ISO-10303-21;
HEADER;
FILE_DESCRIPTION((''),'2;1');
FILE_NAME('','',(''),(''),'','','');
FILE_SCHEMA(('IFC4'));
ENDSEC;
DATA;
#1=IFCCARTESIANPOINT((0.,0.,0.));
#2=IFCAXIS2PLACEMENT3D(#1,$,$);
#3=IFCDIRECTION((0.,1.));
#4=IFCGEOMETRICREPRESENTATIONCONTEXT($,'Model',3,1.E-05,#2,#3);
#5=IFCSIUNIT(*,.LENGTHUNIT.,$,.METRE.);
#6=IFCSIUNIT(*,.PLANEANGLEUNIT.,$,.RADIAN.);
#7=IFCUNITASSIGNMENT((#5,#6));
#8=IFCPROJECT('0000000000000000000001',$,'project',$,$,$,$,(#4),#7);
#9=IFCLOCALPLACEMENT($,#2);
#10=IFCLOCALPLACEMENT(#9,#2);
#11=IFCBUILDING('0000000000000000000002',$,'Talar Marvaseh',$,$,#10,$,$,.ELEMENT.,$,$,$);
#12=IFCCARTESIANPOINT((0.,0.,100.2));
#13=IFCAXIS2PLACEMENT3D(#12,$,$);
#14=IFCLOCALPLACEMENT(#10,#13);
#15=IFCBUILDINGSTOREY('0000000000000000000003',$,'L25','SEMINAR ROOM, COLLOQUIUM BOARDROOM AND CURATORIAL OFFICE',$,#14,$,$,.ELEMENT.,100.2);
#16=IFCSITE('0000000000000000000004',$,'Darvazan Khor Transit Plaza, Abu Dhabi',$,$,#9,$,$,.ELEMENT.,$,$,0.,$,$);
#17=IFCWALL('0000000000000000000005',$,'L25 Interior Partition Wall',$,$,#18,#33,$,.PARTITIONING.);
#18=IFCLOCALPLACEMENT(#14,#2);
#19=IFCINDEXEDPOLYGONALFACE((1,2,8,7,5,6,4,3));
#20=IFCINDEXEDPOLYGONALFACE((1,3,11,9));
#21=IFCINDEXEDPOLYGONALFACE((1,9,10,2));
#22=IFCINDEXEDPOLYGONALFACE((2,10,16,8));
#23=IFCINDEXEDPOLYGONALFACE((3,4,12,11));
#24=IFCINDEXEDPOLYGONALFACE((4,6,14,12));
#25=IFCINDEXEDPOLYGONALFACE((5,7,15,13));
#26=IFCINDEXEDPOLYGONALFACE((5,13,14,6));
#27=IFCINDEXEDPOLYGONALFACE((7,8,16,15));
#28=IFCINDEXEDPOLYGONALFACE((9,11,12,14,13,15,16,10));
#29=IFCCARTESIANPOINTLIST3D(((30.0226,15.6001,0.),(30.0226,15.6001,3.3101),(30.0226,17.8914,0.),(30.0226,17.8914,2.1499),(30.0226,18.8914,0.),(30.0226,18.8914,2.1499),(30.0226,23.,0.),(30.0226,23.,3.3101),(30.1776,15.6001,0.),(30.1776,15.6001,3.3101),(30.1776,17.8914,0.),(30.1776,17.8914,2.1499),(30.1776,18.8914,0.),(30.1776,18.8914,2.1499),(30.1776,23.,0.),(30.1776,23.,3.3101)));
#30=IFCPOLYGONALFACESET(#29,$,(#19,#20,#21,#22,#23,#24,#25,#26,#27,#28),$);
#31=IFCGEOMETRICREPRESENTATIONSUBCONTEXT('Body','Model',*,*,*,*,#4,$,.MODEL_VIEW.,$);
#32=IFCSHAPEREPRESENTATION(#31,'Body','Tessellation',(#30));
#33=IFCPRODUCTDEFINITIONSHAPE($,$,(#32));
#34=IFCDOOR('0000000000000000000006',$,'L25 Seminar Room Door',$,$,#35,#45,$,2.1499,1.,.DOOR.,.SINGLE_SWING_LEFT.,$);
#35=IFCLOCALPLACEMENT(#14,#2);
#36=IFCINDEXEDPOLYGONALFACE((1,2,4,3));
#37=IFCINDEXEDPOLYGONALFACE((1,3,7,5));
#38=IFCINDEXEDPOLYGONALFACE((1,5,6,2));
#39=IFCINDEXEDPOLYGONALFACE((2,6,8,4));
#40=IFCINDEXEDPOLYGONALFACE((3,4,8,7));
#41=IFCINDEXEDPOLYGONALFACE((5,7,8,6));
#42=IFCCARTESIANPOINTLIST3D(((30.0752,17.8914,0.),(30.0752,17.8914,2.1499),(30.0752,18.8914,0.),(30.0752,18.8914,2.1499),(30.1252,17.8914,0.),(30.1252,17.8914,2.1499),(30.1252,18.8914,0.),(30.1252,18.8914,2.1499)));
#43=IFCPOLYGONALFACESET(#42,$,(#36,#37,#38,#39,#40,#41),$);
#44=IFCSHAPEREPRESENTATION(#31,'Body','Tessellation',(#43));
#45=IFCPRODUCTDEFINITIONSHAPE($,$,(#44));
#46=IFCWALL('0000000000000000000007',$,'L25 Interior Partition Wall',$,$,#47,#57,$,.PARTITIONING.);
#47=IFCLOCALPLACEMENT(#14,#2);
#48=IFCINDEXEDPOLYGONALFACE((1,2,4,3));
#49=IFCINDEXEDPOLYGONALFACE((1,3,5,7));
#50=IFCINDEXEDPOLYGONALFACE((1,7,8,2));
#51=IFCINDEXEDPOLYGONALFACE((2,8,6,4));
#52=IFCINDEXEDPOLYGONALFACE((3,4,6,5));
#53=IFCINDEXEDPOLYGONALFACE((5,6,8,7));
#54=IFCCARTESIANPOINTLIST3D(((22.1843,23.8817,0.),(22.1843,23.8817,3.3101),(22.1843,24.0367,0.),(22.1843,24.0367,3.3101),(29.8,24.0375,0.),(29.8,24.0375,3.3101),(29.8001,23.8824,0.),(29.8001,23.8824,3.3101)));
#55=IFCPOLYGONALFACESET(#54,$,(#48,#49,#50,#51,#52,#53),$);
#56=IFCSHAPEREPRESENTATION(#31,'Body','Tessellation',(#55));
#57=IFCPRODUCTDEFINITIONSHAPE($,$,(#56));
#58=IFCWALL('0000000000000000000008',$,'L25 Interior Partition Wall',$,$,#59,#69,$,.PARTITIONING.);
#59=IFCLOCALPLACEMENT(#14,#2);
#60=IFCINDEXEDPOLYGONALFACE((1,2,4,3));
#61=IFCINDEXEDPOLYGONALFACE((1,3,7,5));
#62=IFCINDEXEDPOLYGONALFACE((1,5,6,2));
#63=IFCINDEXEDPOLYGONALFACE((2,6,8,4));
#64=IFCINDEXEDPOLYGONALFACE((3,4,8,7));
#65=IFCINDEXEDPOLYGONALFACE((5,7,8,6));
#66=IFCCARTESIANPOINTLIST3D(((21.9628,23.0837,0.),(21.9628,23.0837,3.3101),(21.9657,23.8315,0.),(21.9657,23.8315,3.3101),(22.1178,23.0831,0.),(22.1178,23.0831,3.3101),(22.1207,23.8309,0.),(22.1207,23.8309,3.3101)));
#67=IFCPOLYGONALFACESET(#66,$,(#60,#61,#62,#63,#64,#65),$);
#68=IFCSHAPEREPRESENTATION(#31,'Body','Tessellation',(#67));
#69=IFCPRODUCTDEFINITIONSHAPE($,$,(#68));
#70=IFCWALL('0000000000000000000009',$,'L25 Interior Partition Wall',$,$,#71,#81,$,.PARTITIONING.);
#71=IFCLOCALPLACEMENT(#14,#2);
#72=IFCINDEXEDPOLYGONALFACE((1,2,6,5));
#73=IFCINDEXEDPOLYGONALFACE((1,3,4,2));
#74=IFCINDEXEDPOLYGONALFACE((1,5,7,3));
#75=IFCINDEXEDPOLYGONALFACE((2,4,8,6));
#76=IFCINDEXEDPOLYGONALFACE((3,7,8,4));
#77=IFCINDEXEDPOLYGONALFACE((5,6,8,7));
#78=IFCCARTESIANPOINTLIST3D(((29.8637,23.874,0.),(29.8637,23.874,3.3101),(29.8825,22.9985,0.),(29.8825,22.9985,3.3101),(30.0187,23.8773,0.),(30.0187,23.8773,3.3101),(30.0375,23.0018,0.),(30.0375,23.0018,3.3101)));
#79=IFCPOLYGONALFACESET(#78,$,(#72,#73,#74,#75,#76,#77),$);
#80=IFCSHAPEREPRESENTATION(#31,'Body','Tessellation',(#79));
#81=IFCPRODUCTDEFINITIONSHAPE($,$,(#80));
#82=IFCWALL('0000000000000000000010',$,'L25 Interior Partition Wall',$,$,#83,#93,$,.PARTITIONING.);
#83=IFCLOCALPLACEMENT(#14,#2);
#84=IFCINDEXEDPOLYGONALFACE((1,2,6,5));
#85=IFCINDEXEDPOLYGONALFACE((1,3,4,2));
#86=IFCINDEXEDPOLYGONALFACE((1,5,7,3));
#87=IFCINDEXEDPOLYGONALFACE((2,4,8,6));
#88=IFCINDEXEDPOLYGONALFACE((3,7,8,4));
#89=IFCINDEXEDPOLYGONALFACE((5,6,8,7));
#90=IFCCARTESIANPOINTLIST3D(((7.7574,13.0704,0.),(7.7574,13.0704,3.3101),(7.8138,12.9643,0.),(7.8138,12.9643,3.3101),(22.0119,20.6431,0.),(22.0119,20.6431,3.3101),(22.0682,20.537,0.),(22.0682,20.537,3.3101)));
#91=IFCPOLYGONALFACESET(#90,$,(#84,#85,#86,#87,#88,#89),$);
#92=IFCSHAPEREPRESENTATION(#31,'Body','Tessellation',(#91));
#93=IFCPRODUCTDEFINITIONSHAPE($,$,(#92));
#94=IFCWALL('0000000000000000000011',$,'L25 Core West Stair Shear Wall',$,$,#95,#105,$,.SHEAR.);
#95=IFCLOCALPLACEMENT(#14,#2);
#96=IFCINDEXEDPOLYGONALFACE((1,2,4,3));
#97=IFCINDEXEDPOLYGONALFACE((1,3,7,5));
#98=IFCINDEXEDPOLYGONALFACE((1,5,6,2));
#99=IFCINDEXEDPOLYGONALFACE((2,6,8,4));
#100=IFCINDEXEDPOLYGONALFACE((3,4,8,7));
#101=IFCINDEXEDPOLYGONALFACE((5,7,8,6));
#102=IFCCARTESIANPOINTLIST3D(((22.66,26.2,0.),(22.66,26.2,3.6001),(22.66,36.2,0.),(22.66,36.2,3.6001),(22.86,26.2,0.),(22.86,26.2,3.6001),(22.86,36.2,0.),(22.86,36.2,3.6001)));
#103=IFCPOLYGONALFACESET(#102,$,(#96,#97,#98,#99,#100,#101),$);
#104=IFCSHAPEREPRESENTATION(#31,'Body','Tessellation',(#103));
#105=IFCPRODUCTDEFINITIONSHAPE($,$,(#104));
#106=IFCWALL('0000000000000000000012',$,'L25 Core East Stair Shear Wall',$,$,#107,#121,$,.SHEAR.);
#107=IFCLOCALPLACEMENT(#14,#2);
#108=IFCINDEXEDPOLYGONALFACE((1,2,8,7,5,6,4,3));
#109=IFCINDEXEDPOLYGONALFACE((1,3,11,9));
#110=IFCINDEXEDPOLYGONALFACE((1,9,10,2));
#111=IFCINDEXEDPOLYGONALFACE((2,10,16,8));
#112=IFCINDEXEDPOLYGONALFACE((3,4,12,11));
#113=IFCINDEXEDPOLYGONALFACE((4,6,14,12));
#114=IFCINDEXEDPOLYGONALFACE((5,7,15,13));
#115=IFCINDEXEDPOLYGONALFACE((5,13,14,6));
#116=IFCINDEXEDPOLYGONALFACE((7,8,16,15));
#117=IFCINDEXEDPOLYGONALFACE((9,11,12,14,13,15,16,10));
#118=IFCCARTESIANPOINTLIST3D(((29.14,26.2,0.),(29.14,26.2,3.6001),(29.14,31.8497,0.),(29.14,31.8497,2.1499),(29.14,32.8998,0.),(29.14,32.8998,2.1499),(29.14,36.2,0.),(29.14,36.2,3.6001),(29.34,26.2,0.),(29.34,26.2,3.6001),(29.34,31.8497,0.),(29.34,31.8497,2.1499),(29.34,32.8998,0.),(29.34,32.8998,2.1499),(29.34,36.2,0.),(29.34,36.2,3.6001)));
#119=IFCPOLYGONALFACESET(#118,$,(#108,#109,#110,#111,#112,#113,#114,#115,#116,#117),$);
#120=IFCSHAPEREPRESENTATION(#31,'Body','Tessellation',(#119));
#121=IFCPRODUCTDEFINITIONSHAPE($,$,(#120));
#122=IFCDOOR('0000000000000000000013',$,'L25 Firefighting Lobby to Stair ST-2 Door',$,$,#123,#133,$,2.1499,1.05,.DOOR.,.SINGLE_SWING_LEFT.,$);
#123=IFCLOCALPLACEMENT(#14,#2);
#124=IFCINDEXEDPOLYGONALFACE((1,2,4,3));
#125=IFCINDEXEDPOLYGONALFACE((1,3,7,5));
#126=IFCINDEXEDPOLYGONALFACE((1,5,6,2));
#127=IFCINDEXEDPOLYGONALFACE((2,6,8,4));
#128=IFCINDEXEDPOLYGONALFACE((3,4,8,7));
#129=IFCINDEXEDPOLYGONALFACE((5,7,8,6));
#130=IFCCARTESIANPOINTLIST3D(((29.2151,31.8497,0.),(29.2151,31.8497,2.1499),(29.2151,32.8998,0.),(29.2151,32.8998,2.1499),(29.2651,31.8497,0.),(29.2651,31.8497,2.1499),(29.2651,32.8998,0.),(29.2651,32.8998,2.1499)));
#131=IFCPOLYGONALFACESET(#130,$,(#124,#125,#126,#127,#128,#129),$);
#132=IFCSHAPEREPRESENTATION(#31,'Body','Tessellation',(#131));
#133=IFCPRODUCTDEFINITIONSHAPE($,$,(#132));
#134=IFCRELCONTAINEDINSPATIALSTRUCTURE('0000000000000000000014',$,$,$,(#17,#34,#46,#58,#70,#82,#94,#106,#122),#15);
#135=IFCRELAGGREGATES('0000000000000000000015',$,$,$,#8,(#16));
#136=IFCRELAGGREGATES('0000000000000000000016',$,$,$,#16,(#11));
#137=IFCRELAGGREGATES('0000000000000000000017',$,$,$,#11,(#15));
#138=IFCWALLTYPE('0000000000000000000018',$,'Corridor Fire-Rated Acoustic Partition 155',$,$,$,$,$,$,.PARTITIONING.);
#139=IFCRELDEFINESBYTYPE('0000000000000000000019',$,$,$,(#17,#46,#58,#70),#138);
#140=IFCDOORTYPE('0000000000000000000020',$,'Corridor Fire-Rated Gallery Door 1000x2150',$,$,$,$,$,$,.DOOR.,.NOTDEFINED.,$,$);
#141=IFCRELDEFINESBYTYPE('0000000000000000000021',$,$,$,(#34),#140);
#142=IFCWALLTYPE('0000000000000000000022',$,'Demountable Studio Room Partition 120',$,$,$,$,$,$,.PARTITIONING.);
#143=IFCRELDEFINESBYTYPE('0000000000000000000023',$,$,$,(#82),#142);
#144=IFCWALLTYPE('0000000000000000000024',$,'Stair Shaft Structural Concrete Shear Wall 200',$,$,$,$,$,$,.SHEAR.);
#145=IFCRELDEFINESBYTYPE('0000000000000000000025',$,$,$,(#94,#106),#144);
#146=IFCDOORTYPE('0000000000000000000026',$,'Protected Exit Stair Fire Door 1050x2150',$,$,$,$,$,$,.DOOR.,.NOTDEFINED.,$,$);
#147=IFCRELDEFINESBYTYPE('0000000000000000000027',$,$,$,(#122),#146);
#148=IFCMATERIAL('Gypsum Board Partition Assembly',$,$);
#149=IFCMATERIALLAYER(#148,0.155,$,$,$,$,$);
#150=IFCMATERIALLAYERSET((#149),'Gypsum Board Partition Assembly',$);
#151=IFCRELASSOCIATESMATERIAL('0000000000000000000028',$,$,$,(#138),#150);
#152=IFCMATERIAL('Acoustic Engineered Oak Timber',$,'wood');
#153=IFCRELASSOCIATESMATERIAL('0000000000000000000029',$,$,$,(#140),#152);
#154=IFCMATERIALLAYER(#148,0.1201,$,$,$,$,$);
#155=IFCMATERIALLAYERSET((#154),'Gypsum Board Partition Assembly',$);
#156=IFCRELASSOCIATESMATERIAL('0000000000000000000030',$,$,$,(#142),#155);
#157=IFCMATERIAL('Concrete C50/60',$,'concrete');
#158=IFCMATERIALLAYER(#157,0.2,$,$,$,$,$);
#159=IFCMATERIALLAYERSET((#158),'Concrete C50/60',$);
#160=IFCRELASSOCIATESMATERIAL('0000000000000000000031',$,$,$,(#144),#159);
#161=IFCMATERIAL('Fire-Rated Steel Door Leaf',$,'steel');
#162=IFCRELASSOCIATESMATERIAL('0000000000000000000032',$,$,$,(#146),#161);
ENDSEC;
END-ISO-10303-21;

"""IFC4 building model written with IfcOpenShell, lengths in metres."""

from ifc_helpers import new_model, si_unit, direction, frame, frame_2d, origin, place, context, subcontext, project, spatial, rectangle, extrude, source, transform, mapped, material, layer, layer_set, type_object, type_shapes, element, fill, save


model = new_model("IFC4")

# Units and contexts
model_context = context("Model", 3, precision=1e-05, world=origin(), true_north=direction((0.0, 1.0)))
body_context = subcontext(model_context, "Body", "Model", "MODEL_VIEW")
ifc_project = project(units=[si_unit("LENGTHUNIT", "METRE"), si_unit("PLANEANGLEUNIT", "RADIAN")], contexts=[model_context])

# Site, building, storey
site_placement = place(None, origin())
site = spatial("IfcSite", under=ifc_project, at=site_placement, Name="Darvazan Khor Transit Plaza, Abu Dhabi", CompositionType="ELEMENT", RefElevation=0.0)
building_placement = place(site_placement, origin())
building = spatial("IfcBuilding", under=site, at=building_placement, Name="Talar Marvaseh", CompositionType="ELEMENT")
storey_placement = place(building_placement, frame((0.0, 0.0, 100.2)))
storey = spatial("IfcBuildingStorey", under=building, at=storey_placement, Name="L25", Description="SEMINAR ROOM, COLLOQUIUM BOARDROOM AND CURATORIAL OFFICE", CompositionType="ELEMENT", Elevation=100.2)

# Shared definitions
ifc_material_1 = material(Name="Gypsum Board Partition Assembly")
ifc_layer_1 = layer(ifc_material_1, 0.155)
ifc_layer_set_1 = layer_set([ifc_layer_1], Name="Gypsum Board Partition Assembly")
wall_type_1 = type_object("IfcWallType", Name="Corridor Fire-Rated Acoustic Partition 155", PredefinedType="PARTITIONING", material=ifc_layer_set_1)
ifc_material_2 = material(Name="Fire-Rated Steel Door Leaf", Category="steel")

# Wall, opening, door
wall_1_placement = place(storey_placement, frame((30.1001, 15.6001, 0.0), z_axis=(0.0, 0.0, 1.0), x_axis=(0.0, 1.0, 0.0)))
wall_1 = element("IfcWall", 1, at=wall_1_placement, inside=storey, type_object=wall_type_1, Name="L25 Interior Partition Wall", PredefinedType="PARTITIONING", context=body_context, shape_type="SweptSolid", body=[
    extrude(rectangle(XDim=7.3999, YDim=0.155, at=frame_2d((3.7, 0.0))), origin(), (0.0, 0.0, 1.0), 3.3101),
])
opening_1_placement = place(wall_1_placement, frame((2.2913, 0.0, 0.0)))
opening_1 = element("IfcOpeningElement", 2, at=opening_1_placement, cuts=wall_1, PredefinedType="OPENING", context=body_context, shape_type="SweptSolid", body=[
    extrude(rectangle(XDim=1.0, YDim=2.1499, at=frame_2d((0.5, 1.075))), frame((0.0, 0.0874, 0.0), z_axis=(0.0, -1.0, 0.0), x_axis=(1.0, 0.0, 0.0)), (0.0, 0.0, 1.0), 0.175),
])
ifc_material_3 = material(Name="Acoustic Engineered Oak Timber", Category="wood")
door_type_1 = type_object("IfcDoorType", Name="Corridor Fire-Rated Gallery Door 1000x2150", OperationType="NOTDEFINED", PredefinedType="DOOR", material=ifc_material_3)
shared_shape_1 = source(origin(), body_context, "Body", "SweptSolid", [
    extrude(rectangle(XDim=1.0, YDim=2.1499, at=frame_2d((0.5, 1.075))), frame((0.0, 0.0249, 0.0), z_axis=(0.0, -1.0, 0.0), x_axis=(1.0, 0.0, 0.0)), (0.0, 0.0, 1.0), 0.05),
])
type_shapes(door_type_1, [shared_shape_1])
door_1_placement = place(opening_1_placement, origin())
door_1 = element("IfcDoor", 3, at=door_1_placement, inside=storey, type_object=door_type_1, Name="L25 Seminar Room Door", OperationType="SINGLE_SWING_LEFT", OverallHeight=2.1499, OverallWidth=1.0, PredefinedType="DOOR", context=body_context, shape_type="MappedRepresentation", body=[
    mapped(shared_shape_1, transform((0.0, 0.0, 0.0), x_axis=(1.0, 0.0, 0.0), y_axis=(0.0, 1.0, 0.0), z_axis=(0.0, 0.0, 1.0), scale=1.0)),
])
fill(opening_1, door_1)

# Walls
wall_2_placement = place(storey_placement, frame((29.8, 23.96, 0.0), z_axis=(0.0, 0.0, 1.0), x_axis=(-1.0, -0.000096, 0.0)))
element("IfcWall", 4, at=wall_2_placement, inside=storey, type_object=wall_type_1, Name="L25 Interior Partition Wall", PredefinedType="PARTITIONING", context=body_context, shape_type="SweptSolid", body=[
    extrude(rectangle(XDim=7.6157, YDim=0.155, at=frame_2d((3.8079, 0.0))), origin(), (0.0, 0.0, 1.0), 3.3101),
])
wall_3_placement = place(storey_placement, frame((22.0432, 23.8313, 0.0), z_axis=(0.0, 0.0, 1.0), x_axis=(-0.003918, -0.999992, 0.0)))
element("IfcWall", 5, at=wall_3_placement, inside=storey, type_object=wall_type_1, Name="L25 Interior Partition Wall", PredefinedType="PARTITIONING", context=body_context, shape_type="SweptSolid", body=[
    extrude(rectangle(XDim=0.7478, YDim=0.155, at=frame_2d((0.374, 0.0))), origin(), (0.0, 0.0, 1.0), 3.3101),
])
wall_4_placement = place(storey_placement, frame((29.96, 23.0, 0.0), z_axis=(0.0, 0.0, 1.0), x_axis=(-0.021467, 0.99977, 0.0)))
element("IfcWall", 6, at=wall_4_placement, inside=storey, type_object=wall_type_1, Name="L25 Interior Partition Wall", PredefinedType="PARTITIONING", context=body_context, shape_type="SweptSolid", body=[
    extrude(rectangle(XDim=0.8757, YDim=0.155, at=frame_2d((0.438, 0.0))), origin(), (0.0, 0.0, 1.0), 3.3101),
])
ifc_layer_2 = layer(ifc_material_1, 0.1201)
ifc_layer_set_2 = layer_set([ifc_layer_2], Name="Gypsum Board Partition Assembly")
wall_type_2 = type_object("IfcWallType", Name="Demountable Studio Room Partition 120", PredefinedType="PARTITIONING", material=ifc_layer_set_2)
wall_5_placement = place(storey_placement, frame((22.04, 20.5901, 0.0), z_axis=(0.0, 0.0, 1.0), x_axis=(-0.883113, -0.46916, 0.0)))
element("IfcWall", 7, at=wall_5_placement, inside=storey, type_object=wall_type_2, Name="L25 Interior Partition Wall", PredefinedType="PARTITIONING", context=body_context, shape_type="SweptSolid", body=[
    extrude(rectangle(XDim=16.1411, YDim=0.1201, at=frame_2d((8.0706, 0.0))), origin(), (0.0, 0.0, 1.0), 3.3101),
])
ifc_material_4 = material(Name="Concrete C50/60", Category="concrete")
ifc_layer_3 = layer(ifc_material_4, 0.2)
ifc_layer_set_3 = layer_set([ifc_layer_3], Name="Concrete C50/60")
wall_type_3 = type_object("IfcWallType", Name="Stair Shaft Structural Concrete Shear Wall 200", PredefinedType="SHEAR", material=ifc_layer_set_3)
wall_6_placement = place(storey_placement, frame((22.76, 26.2, 0.0), z_axis=(0.0, 0.0, 1.0), x_axis=(0.0, 1.0, 0.0)))
element("IfcWall", 8, at=wall_6_placement, inside=storey, type_object=wall_type_3, Name="L25 Core West Stair Shear Wall", PredefinedType="SHEAR", context=body_context, shape_type="SweptSolid", body=[
    extrude(rectangle(XDim=10.0, YDim=0.2, at=frame_2d((5.0, 0.0))), origin(), (0.0, 0.0, 1.0), 3.6001),
])

# Wall, opening, door
wall_7_placement = place(storey_placement, frame((29.24, 26.2, 0.0), z_axis=(0.0, 0.0, 1.0), x_axis=(0.0, 1.0, 0.0)))
wall_7 = element("IfcWall", 9, at=wall_7_placement, inside=storey, type_object=wall_type_3, Name="L25 Core East Stair Shear Wall", PredefinedType="SHEAR", context=body_context, shape_type="SweptSolid", body=[
    extrude(rectangle(XDim=10.0, YDim=0.2, at=frame_2d((5.0, 0.0))), origin(), (0.0, 0.0, 1.0), 3.6001),
])
opening_2_placement = place(wall_7_placement, frame((5.6499, 0.0, 0.0)))
opening_2 = element("IfcOpeningElement", 10, at=opening_2_placement, cuts=wall_7, PredefinedType="OPENING", context=body_context, shape_type="SweptSolid", body=[
    extrude(rectangle(XDim=1.05, YDim=2.1499, at=frame_2d((0.5249, 1.075))), frame((0.0, 0.1099, 0.0), z_axis=(0.0, -1.0, 0.0), x_axis=(1.0, 0.0, 0.0)), (0.0, 0.0, 1.0), 0.22),
])
door_type_2 = type_object("IfcDoorType", Name="Protected Exit Stair Fire Door 1050x2150", OperationType="NOTDEFINED", PredefinedType="DOOR", material=ifc_material_2)
shared_shape_2 = source(origin(), body_context, "Body", "SweptSolid", [
    extrude(rectangle(XDim=1.05, YDim=2.1499, at=frame_2d((0.5249, 1.075))), frame((0.0, 0.0249, 0.0), z_axis=(0.0, -1.0, 0.0), x_axis=(1.0, 0.0, 0.0)), (0.0, 0.0, 1.0), 0.05),
])
type_shapes(door_type_2, [shared_shape_2])
door_2_placement = place(opening_2_placement, origin())
door_2 = element("IfcDoor", 11, at=door_2_placement, inside=storey, type_object=door_type_2, Name="L25 Firefighting Lobby to Stair ST-2 Door", OperationType="SINGLE_SWING_LEFT", OverallHeight=2.1499, OverallWidth=1.05, PredefinedType="DOOR", context=body_context, shape_type="MappedRepresentation", body=[
    mapped(shared_shape_2, transform((0.0, 0.0, 0.0), x_axis=(1.0, 0.0, 0.0), y_axis=(0.0, 1.0, 0.0), z_axis=(0.0, 0.0, 1.0), scale=1.0)),
])
fill(opening_2, door_2)

save(model, "model.ifc")
